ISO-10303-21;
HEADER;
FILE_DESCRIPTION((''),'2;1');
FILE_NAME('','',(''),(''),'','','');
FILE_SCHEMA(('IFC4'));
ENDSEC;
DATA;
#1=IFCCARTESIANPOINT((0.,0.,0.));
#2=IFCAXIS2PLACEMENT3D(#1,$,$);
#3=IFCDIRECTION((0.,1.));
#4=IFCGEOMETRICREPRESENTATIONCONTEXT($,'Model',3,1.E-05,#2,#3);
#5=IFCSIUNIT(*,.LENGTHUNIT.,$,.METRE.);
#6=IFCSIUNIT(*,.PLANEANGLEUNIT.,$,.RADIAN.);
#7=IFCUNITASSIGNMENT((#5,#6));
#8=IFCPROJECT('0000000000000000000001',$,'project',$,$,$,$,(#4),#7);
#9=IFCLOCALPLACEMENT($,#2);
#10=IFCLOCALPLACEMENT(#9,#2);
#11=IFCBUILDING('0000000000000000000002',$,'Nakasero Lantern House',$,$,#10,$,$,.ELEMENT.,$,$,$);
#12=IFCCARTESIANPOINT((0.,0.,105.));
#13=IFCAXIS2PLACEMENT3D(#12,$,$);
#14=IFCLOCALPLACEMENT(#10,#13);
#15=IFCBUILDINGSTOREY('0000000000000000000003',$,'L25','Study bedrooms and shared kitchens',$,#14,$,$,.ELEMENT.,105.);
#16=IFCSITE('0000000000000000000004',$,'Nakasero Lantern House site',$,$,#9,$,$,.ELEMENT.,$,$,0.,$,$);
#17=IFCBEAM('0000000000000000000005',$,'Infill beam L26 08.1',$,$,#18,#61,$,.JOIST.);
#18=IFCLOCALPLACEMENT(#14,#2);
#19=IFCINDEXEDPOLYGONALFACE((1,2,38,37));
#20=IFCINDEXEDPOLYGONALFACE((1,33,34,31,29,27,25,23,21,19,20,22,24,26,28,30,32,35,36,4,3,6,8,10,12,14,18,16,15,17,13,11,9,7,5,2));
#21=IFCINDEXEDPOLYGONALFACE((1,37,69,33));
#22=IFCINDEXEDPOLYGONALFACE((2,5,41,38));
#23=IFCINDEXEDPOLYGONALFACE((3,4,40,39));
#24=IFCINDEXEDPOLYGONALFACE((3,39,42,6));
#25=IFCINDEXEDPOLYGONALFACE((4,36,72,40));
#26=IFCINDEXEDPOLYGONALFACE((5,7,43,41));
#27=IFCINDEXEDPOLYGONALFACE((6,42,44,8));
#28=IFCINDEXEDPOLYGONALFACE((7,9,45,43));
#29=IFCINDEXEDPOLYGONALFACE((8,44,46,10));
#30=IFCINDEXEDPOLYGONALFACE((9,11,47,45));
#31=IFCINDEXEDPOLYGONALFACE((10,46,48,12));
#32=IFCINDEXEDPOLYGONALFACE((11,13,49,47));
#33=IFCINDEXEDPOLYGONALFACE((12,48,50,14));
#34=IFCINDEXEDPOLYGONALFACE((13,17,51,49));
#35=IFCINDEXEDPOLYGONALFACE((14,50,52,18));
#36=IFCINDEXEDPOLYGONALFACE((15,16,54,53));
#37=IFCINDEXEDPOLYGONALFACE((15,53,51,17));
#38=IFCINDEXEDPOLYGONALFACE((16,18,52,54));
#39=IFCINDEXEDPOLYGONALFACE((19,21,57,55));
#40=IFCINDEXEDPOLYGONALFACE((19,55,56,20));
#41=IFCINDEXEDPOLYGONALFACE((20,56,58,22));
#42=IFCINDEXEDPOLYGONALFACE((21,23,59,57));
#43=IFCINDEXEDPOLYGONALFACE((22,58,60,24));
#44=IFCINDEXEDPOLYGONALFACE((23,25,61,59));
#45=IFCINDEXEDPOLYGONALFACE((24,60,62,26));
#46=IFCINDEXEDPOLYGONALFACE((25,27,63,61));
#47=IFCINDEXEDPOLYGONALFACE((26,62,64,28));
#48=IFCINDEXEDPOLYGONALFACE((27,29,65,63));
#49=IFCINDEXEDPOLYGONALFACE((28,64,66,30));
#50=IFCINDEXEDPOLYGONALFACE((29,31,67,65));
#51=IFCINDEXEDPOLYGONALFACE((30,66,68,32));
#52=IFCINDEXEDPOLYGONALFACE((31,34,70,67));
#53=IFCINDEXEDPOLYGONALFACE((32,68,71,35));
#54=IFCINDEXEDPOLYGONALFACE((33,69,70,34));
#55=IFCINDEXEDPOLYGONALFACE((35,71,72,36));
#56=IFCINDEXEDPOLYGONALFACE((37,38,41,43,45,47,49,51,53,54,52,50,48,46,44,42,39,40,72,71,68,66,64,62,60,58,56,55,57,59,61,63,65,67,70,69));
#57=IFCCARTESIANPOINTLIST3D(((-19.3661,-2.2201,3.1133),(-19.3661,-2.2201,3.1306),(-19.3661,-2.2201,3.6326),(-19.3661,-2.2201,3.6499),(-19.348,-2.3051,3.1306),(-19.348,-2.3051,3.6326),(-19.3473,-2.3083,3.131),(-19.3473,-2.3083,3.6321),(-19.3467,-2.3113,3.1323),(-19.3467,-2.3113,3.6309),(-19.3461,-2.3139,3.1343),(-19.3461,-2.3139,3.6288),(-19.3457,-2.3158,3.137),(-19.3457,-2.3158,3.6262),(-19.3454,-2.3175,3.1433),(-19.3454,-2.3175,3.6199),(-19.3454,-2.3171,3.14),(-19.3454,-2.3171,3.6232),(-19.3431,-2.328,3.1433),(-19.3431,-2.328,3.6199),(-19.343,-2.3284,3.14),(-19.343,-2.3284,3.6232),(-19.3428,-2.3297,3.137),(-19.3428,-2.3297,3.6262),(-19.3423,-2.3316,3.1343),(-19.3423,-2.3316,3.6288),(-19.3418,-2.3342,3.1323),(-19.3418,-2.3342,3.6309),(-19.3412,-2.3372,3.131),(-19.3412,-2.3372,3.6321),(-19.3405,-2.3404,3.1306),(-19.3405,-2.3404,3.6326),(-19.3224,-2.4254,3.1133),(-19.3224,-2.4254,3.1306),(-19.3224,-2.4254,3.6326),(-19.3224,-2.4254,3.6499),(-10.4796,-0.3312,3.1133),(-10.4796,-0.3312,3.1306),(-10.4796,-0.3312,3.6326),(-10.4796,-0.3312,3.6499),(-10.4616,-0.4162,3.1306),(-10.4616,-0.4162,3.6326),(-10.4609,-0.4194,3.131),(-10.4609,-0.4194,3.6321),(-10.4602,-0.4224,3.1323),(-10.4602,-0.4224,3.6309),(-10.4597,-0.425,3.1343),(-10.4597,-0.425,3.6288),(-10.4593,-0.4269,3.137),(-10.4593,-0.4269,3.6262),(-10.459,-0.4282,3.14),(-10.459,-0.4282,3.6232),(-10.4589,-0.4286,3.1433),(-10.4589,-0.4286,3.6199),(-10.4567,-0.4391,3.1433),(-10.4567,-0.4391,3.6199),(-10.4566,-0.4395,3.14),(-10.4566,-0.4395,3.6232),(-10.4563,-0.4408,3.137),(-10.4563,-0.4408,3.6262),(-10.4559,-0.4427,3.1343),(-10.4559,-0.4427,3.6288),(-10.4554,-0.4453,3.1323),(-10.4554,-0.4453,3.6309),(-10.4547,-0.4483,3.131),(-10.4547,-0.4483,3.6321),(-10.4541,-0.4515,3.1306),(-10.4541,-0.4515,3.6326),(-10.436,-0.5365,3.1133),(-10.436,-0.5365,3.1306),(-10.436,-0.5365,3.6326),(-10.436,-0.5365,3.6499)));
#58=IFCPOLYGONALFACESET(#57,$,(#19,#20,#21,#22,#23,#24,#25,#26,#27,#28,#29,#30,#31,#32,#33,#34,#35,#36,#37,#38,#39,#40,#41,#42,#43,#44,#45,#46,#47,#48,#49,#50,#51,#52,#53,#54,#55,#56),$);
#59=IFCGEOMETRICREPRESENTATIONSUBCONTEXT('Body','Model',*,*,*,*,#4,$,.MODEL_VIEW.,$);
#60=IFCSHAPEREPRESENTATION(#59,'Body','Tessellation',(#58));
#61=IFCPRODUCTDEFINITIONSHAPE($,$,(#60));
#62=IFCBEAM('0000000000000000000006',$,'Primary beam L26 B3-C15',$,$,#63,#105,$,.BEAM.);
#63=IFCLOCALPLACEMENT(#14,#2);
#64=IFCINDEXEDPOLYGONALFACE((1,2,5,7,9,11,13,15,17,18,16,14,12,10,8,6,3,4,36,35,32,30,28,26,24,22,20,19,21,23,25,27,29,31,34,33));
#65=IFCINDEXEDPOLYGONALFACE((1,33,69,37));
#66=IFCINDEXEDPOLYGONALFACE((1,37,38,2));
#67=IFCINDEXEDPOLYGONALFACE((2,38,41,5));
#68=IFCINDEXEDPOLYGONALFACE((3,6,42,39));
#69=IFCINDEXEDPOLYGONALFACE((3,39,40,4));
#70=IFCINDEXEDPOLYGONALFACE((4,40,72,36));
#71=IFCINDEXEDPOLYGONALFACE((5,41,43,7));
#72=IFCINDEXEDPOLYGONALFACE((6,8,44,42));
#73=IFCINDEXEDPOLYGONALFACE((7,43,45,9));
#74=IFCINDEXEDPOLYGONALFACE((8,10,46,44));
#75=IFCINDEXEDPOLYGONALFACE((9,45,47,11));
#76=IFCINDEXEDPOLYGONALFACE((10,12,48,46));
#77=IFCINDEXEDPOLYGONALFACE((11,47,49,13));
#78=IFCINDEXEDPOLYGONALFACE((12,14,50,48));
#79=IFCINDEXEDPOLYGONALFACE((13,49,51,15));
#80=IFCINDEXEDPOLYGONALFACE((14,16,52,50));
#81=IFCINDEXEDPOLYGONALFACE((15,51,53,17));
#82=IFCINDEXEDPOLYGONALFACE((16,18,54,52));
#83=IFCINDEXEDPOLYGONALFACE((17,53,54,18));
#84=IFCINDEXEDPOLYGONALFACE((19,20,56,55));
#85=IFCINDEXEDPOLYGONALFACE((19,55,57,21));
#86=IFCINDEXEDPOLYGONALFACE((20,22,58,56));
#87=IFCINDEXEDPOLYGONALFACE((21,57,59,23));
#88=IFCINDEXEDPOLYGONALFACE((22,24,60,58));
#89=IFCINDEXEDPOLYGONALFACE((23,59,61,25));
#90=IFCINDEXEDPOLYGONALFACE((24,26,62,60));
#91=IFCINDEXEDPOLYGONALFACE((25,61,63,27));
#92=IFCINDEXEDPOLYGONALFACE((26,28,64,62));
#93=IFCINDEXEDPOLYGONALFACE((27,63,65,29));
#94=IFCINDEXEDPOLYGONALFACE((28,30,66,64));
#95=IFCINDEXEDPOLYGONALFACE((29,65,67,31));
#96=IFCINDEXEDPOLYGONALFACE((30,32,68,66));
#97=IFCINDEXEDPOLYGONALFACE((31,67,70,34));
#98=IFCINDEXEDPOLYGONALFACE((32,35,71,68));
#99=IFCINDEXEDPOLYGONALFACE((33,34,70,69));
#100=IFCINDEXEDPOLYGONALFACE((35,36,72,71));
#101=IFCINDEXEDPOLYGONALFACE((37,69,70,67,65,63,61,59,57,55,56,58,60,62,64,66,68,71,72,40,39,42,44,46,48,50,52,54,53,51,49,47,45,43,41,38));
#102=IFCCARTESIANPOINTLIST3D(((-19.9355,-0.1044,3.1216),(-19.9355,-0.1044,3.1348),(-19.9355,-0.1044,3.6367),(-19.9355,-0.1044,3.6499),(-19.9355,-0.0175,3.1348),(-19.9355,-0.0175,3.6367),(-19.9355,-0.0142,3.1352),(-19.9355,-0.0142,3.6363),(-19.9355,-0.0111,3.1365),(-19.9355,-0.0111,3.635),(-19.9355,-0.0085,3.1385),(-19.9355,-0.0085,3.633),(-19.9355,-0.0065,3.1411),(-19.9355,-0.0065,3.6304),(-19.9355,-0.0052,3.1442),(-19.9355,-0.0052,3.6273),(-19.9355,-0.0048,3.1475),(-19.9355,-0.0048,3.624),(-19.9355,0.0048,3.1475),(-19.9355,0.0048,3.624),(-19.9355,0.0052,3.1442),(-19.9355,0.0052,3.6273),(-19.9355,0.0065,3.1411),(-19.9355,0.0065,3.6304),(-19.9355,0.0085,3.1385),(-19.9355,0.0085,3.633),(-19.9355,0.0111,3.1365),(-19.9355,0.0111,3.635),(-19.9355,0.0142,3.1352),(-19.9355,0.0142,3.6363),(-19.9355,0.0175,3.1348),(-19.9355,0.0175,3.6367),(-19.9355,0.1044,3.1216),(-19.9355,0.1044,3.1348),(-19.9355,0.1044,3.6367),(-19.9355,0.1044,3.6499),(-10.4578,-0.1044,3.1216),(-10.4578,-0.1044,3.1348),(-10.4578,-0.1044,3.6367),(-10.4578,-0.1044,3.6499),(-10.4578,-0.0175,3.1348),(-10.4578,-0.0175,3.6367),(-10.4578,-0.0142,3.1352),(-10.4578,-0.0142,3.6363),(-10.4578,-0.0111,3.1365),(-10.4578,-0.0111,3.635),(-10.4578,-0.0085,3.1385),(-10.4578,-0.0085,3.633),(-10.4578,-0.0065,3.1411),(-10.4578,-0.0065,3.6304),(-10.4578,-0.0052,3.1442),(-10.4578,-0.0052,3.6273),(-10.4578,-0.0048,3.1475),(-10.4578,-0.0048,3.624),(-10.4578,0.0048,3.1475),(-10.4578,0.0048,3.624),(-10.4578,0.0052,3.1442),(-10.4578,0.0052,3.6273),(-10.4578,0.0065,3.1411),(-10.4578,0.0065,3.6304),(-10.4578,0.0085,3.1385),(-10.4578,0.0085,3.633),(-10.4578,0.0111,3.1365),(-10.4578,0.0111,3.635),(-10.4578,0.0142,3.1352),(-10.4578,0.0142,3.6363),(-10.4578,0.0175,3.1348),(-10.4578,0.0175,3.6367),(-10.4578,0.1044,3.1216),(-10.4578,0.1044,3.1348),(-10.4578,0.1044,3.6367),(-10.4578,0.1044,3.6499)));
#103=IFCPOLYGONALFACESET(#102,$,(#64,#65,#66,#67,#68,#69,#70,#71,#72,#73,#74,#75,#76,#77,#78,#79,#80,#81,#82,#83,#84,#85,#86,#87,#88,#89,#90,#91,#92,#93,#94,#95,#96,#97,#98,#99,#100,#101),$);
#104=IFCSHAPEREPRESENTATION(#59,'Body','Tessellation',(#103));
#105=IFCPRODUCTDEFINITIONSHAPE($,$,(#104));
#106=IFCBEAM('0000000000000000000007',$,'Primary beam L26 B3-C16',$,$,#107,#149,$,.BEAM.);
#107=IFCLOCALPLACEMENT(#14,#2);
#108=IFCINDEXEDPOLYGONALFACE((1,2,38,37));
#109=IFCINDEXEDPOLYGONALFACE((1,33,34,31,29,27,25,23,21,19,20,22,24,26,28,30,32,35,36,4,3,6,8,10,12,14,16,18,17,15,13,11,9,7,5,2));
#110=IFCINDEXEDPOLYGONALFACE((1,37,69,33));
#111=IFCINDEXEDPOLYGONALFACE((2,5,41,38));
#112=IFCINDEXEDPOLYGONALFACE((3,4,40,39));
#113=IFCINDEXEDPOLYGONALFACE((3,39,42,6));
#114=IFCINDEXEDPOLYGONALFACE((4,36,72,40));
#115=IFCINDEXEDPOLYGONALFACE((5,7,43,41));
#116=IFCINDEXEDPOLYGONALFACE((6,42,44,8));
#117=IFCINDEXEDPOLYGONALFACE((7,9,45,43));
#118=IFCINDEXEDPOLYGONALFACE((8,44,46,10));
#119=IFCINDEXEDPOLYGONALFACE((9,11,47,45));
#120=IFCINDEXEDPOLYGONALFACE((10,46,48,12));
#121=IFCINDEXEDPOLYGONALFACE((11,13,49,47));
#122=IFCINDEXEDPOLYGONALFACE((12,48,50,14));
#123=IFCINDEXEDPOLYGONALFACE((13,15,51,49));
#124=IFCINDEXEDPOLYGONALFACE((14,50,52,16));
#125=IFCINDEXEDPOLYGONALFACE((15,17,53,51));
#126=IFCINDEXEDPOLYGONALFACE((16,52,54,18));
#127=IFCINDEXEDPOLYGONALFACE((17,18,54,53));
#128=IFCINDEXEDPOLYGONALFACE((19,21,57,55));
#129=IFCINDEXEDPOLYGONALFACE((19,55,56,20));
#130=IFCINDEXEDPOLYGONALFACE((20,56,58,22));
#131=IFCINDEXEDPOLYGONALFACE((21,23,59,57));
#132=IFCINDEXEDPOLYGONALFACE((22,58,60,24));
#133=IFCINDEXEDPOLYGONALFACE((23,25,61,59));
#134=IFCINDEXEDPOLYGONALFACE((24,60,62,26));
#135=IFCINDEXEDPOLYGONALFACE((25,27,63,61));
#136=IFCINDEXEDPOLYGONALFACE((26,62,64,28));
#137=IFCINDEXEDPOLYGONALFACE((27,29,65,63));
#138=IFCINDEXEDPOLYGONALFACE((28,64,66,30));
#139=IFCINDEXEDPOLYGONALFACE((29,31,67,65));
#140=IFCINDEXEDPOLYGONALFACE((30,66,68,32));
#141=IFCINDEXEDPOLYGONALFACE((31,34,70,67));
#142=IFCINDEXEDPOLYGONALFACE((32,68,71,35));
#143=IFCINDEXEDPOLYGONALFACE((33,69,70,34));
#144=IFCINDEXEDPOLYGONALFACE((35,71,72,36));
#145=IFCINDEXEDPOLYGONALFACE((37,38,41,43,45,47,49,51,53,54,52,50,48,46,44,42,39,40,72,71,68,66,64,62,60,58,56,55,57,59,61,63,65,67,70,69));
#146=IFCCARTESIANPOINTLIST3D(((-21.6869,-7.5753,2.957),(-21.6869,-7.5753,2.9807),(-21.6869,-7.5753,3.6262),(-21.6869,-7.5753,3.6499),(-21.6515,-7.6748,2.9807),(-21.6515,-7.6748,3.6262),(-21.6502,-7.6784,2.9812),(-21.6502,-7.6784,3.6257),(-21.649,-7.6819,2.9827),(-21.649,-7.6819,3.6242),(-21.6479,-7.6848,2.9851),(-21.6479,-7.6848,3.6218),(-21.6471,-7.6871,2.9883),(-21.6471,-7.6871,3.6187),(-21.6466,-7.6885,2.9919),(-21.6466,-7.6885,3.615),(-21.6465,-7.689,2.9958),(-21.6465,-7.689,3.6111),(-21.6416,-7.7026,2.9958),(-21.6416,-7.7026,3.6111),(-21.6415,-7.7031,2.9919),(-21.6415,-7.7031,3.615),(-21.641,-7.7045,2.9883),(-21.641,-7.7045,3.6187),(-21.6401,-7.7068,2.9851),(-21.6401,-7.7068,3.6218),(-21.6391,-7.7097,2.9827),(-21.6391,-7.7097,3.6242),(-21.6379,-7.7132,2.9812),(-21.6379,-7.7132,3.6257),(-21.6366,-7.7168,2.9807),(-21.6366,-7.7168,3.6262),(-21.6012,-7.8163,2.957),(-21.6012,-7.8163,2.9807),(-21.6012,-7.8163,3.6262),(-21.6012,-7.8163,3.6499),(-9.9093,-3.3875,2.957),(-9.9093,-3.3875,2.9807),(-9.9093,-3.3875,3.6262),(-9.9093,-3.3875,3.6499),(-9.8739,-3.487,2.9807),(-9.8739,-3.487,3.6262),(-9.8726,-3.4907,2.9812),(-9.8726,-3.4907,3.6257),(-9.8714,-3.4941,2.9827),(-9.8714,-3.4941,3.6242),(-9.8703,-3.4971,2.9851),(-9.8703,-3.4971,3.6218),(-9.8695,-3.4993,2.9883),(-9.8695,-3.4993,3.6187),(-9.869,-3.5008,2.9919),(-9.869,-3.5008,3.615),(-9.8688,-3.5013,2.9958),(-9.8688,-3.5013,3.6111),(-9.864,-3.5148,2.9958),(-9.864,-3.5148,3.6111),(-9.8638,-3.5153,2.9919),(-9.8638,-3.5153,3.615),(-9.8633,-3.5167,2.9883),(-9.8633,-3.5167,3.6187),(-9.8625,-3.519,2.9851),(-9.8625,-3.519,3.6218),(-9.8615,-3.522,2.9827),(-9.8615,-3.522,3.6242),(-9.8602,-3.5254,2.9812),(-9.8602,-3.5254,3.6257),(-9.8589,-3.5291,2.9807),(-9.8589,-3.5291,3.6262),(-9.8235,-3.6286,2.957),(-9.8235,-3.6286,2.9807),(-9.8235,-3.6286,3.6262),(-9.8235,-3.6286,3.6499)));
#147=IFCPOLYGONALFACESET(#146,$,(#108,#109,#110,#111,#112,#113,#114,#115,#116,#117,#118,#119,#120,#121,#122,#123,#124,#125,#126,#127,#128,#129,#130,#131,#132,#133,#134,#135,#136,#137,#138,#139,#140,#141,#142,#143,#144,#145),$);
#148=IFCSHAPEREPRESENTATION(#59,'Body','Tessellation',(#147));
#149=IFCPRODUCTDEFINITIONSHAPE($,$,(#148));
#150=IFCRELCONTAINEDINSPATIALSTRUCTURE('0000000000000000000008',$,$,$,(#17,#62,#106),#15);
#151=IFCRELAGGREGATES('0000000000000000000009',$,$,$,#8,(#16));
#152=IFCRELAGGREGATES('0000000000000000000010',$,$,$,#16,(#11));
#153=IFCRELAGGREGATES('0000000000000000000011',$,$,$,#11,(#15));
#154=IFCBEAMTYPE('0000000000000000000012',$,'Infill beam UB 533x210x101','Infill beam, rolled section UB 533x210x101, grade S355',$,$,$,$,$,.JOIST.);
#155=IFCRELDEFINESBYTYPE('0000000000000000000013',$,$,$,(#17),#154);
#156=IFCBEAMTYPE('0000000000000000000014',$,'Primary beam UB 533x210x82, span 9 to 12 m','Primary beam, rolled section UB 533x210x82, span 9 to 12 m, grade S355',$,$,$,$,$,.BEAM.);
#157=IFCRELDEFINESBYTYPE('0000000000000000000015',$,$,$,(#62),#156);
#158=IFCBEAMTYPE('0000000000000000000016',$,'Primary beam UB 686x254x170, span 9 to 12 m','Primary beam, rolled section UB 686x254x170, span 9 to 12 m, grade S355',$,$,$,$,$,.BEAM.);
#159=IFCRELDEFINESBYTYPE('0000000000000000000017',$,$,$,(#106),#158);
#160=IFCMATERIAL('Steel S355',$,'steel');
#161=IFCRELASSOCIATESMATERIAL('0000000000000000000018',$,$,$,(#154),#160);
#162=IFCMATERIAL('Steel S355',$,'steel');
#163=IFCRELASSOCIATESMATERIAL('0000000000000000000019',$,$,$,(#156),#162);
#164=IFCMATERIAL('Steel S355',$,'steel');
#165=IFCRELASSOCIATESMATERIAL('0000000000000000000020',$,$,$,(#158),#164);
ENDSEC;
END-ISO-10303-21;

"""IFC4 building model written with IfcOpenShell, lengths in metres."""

from ifc_helpers import new_model, si_unit, direction, frame, origin, origin_2d, place, context, subcontext, project, spatial, i_section, extrude, material, material_profile, profile_set, type_object, element, save


model = new_model("IFC4")

# Units and contexts
model_context = context("Model", 3, precision=1e-05, world=origin(), true_north=direction((0.0, 1.0)))
body_context = subcontext(model_context, "Body", "Model", "MODEL_VIEW")
ifc_project = project(units=[si_unit("LENGTHUNIT", "METRE"), si_unit("PLANEANGLEUNIT", "RADIAN")], contexts=[model_context])

# Site, building, storey
site_placement = place(None, origin())
site = spatial("IfcSite", under=ifc_project, at=site_placement, Name="Nakasero Lantern House site", CompositionType="ELEMENT", RefElevation=0.0)
building_placement = place(site_placement, origin())
building = spatial("IfcBuilding", under=site, at=building_placement, Name="Nakasero Lantern House", CompositionType="ELEMENT")
storey_placement = place(building_placement, frame((0.0, 0.0, 105.0)))
storey = spatial("IfcBuildingStorey", under=building, at=storey_placement, Name="L25", Description="Study bedrooms and shared kitchens", CompositionType="ELEMENT", Elevation=105.0)

# Beams
ifc_material_1 = material(Name="Steel S355", Category="steel")
ifc_material_profile_1 = material_profile(ifc_material_1, i_section(OverallWidth=0.21, OverallDepth=0.5366, WebThickness=0.0107, FlangeThickness=0.0173, FilletRadius=0.0127, at=origin_2d()), Name="UB 533x210x101")
ifc_profile_set_1 = profile_set([ifc_material_profile_1], Name="Steel S355")
beam_type_1 = type_object("IfcBeamType", Name="Infill beam UB 533x210x101", Description="Infill beam, rolled section UB 533x210x101, grade S355", PredefinedType="JOIST", material=ifc_profile_set_1)
beam_1_placement = place(storey_placement, frame((-19.3442, -2.3228, 3.3816), z_axis=(0.978147, 0.207916, 0.0), x_axis=(-0.207916, 0.978147, 0.0)))
element("IfcBeam", 1, at=beam_1_placement, inside=storey, type_object=beam_type_1, Name="Infill beam L26 08.1", PredefinedType="JOIST", context=body_context, shape_type="SweptSolid", body=[
    extrude(i_section(OverallWidth=0.21, OverallDepth=0.5366, WebThickness=0.0107, FlangeThickness=0.0173, FilletRadius=0.0127, at=origin_2d()), origin(), (0.0, 0.0, 1.0), 9.085),
])
ifc_material_2 = material(Name="Steel S355", Category="steel")
ifc_material_profile_2 = material_profile(ifc_material_2, i_section(OverallWidth=0.2087, OverallDepth=0.5283, WebThickness=0.0095, FlangeThickness=0.0132, FilletRadius=0.0127, at=origin_2d()), Name="UB 533x210x82")
ifc_profile_set_2 = profile_set([ifc_material_profile_2], Name="Steel S355")
beam_type_2 = type_object("IfcBeamType", Name="Primary beam UB 533x210x82, span 9 to 12 m", Description="Primary beam, rolled section UB 533x210x82, span 9 to 12 m, grade S355", PredefinedType="BEAM", material=ifc_profile_set_2)
beam_2_placement = place(storey_placement, frame((-19.9355, 0.0, 3.3857), z_axis=(1.0, 0.0, 0.0), x_axis=(0.0, 1.0, 0.0)))
element("IfcBeam", 2, at=beam_2_placement, inside=storey, type_object=beam_type_2, Name="Primary beam L26 B3-C15", PredefinedType="BEAM", context=body_context, shape_type="SweptSolid", body=[
    extrude(i_section(OverallWidth=0.2087, OverallDepth=0.5283, WebThickness=0.0095, FlangeThickness=0.0132, FilletRadius=0.0127, at=origin_2d()), origin(), (0.0, 0.0, 1.0), 9.4778),
])
ifc_material_3 = material(Name="Steel S355", Category="steel")
ifc_material_profile_3 = material_profile(ifc_material_3, i_section(OverallWidth=0.2559, OverallDepth=0.6929, WebThickness=0.0144, FlangeThickness=0.0237, FilletRadius=0.0151, at=origin_2d()), Name="UB 686x254x170")
ifc_profile_set_3 = profile_set([ifc_material_profile_3], Name="Steel S355")
beam_type_3 = type_object("IfcBeamType", Name="Primary beam UB 686x254x170, span 9 to 12 m", Description="Primary beam, rolled section UB 686x254x170, span 9 to 12 m, grade S355", PredefinedType="BEAM", material=ifc_profile_set_3)
beam_3_placement = place(storey_placement, frame((-21.644, -7.6958, 3.3035), z_axis=(0.942211, 0.335021, 0.0), x_axis=(-0.335021, 0.942211, 0.0)))
element("IfcBeam", 3, at=beam_3_placement, inside=storey, type_object=beam_type_3, Name="Primary beam L26 B3-C16", PredefinedType="BEAM", context=body_context, shape_type="SweptSolid", body=[
    extrude(i_section(OverallWidth=0.2559, OverallDepth=0.6929, WebThickness=0.0144, FlangeThickness=0.0237, FilletRadius=0.0151, at=origin_2d()), origin(), (0.0, 0.0, 1.0), 12.5),
])

save(model, "model.ifc")
